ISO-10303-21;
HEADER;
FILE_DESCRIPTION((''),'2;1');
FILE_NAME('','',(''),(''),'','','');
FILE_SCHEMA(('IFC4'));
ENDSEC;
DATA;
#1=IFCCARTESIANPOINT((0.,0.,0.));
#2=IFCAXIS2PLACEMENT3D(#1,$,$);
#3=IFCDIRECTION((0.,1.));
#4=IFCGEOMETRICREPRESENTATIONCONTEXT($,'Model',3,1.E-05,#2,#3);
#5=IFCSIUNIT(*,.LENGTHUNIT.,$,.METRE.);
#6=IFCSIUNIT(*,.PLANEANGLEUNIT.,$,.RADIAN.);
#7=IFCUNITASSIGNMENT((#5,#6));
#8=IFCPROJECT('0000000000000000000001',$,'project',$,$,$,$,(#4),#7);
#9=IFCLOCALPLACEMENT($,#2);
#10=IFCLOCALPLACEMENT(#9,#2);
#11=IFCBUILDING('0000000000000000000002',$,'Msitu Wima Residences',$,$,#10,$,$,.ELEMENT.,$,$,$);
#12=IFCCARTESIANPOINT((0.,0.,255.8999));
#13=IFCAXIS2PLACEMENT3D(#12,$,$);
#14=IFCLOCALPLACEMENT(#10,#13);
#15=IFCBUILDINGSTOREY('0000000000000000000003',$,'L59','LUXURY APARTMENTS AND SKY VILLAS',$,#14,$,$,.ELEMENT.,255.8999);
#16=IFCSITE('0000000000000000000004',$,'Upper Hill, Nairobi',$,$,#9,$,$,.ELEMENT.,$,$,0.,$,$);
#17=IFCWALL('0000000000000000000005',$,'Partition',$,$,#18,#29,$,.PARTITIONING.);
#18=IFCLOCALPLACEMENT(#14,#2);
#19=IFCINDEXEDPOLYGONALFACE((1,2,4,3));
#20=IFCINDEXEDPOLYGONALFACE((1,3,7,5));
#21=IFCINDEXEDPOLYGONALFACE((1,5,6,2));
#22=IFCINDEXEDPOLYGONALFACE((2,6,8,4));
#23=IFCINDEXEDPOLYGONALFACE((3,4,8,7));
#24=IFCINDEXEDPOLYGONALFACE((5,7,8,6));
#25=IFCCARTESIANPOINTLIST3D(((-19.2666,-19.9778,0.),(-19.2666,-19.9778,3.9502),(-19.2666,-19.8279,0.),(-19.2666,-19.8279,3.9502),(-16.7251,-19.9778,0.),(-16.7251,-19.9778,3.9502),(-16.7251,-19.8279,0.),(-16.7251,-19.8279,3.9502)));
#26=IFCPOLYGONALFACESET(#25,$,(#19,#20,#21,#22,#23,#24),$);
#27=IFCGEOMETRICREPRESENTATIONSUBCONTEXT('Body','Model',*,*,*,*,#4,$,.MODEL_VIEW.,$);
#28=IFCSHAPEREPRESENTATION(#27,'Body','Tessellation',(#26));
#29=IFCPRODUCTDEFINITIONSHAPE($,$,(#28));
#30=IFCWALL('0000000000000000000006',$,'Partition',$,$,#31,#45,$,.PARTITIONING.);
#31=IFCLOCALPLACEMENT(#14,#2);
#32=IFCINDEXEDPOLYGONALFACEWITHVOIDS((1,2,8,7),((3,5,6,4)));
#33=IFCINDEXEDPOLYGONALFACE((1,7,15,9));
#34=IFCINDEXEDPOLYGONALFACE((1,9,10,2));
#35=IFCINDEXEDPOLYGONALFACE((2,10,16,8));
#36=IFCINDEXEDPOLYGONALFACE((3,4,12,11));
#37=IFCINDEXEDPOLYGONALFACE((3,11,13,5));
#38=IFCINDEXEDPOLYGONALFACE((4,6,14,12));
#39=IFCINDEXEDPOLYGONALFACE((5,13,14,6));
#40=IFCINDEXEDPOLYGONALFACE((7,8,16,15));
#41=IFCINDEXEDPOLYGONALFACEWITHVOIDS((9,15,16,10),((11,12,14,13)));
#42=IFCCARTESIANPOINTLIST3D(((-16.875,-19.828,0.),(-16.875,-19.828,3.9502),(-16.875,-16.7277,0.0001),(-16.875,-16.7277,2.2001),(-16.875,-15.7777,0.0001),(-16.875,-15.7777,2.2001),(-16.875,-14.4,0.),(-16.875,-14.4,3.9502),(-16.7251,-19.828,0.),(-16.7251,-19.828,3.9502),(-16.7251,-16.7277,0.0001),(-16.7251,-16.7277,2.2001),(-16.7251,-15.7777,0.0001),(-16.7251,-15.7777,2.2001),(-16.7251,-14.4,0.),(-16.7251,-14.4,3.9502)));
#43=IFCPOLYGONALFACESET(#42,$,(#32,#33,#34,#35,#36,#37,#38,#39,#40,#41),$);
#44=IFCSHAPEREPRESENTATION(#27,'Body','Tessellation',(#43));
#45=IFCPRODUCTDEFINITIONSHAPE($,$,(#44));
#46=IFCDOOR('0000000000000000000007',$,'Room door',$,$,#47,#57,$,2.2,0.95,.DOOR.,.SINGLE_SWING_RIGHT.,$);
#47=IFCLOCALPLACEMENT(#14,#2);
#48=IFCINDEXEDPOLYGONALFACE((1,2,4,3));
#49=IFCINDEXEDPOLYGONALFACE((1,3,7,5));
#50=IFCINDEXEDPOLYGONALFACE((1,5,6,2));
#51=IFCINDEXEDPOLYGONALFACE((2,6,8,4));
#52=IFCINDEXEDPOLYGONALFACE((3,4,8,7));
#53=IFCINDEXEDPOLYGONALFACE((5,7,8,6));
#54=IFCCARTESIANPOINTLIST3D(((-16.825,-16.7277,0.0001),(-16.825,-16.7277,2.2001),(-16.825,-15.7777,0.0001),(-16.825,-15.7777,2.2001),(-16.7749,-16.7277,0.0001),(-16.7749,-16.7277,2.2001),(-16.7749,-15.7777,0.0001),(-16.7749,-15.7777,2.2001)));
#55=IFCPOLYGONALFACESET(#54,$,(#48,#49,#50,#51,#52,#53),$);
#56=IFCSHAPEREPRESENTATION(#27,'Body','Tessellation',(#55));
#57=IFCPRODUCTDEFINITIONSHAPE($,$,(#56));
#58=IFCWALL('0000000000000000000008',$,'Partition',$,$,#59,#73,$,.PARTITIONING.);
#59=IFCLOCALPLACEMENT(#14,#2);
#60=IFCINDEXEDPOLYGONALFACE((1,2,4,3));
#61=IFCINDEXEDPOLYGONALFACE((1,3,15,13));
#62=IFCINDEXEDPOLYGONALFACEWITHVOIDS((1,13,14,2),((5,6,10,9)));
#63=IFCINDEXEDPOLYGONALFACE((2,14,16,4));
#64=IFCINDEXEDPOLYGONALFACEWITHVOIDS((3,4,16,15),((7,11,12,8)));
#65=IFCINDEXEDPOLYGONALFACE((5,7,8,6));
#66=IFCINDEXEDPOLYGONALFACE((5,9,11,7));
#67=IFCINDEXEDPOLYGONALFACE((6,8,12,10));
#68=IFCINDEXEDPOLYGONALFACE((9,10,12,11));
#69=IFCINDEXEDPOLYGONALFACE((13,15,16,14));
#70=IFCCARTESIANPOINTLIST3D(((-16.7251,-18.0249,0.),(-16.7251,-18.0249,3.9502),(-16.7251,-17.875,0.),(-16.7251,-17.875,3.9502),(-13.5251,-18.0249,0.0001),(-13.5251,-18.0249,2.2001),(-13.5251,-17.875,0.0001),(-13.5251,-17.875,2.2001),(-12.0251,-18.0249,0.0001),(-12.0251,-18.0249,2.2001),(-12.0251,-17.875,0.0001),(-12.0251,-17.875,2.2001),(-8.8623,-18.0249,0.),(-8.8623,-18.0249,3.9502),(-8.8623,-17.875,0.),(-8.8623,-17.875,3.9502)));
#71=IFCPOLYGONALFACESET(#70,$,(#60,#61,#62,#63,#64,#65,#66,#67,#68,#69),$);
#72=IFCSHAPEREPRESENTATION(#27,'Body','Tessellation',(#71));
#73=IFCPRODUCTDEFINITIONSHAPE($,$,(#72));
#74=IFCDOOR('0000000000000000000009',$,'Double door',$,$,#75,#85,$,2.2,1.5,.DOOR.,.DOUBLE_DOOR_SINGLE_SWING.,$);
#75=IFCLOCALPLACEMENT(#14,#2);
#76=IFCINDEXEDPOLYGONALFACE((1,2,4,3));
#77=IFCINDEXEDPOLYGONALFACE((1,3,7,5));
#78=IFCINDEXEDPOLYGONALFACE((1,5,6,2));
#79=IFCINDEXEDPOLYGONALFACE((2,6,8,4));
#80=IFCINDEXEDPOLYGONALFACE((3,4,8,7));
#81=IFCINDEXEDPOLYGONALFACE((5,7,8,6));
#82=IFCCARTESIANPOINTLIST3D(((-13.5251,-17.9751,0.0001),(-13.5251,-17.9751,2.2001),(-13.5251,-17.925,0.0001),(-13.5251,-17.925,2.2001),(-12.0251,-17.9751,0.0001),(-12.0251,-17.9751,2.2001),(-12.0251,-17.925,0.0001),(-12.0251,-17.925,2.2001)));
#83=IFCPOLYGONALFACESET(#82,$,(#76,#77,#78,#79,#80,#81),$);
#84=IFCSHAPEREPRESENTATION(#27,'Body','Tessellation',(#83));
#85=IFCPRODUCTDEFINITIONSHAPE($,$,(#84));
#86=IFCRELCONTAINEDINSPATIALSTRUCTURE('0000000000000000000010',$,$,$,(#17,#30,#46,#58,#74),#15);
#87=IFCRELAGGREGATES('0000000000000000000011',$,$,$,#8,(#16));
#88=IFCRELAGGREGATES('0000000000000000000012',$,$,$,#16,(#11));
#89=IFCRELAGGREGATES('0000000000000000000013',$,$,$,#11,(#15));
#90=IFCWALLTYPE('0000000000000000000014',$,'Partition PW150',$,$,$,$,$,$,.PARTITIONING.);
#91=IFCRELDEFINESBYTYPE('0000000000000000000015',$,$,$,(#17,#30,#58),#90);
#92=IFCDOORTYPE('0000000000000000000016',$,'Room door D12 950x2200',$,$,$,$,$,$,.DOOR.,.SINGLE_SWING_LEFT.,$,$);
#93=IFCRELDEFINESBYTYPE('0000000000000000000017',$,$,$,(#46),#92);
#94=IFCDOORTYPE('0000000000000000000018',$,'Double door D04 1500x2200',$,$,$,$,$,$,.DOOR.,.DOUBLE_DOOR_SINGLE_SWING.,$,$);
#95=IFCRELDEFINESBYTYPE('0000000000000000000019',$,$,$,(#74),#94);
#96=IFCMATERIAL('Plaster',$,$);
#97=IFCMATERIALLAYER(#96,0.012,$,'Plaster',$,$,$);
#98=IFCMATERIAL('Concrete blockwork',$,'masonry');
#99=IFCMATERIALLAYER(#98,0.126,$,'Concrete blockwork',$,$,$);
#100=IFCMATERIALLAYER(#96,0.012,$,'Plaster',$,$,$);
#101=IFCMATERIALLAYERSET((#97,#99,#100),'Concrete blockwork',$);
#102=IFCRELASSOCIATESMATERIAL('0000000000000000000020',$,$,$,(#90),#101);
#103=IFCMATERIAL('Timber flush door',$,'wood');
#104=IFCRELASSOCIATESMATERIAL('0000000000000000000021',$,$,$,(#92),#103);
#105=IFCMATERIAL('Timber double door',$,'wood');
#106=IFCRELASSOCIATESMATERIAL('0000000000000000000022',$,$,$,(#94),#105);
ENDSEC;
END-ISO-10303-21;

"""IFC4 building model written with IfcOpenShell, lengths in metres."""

from ifc_helpers import new_model, si_unit, direction, frame, frame_2d, origin, place, context, subcontext, project, spatial, rectangle, extrude, material, layer, layer_set, type_object, element, fill, save


model = new_model("IFC4")

# Units and contexts
model_context = context("Model", 3, precision=1e-05, world=origin(), true_north=direction((0.0, 1.0)))
body_context = subcontext(model_context, "Body", "Model", "MODEL_VIEW")
ifc_project = project(units=[si_unit("LENGTHUNIT", "METRE"), si_unit("PLANEANGLEUNIT", "RADIAN")], contexts=[model_context])

# Site, building, storey
site_placement = place(None, origin())
site = spatial("IfcSite", under=ifc_project, at=site_placement, Name="Upper Hill, Nairobi", CompositionType="ELEMENT", RefElevation=0.0)
building_placement = place(site_placement, origin())
building = spatial("IfcBuilding", under=site, at=building_placement, Name="Msitu Wima Residences", CompositionType="ELEMENT")
storey_placement = place(building_placement, frame((0.0, 0.0, 255.8999)))
storey = spatial("IfcBuildingStorey", under=building, at=storey_placement, Name="L59", Description="LUXURY APARTMENTS AND SKY VILLAS", CompositionType="ELEMENT", Elevation=255.8999)

# Shared definitions
ifc_material_1 = material(Name="Plaster")
ifc_material_2 = material(Name="Concrete blockwork", Category="masonry")

# Wall
ifc_layer_1 = layer(ifc_material_1, 0.012, Name="Plaster")
ifc_layer_2 = layer(ifc_material_2, 0.126, Name="Concrete blockwork")
ifc_layer_3 = layer(ifc_material_1, 0.012, Name="Plaster")
ifc_layer_set_1 = layer_set([ifc_layer_1, ifc_layer_2, ifc_layer_3], Name="Concrete blockwork")
wall_type_1 = type_object("IfcWallType", Name="Partition PW150", PredefinedType="PARTITIONING", material=ifc_layer_set_1)
wall_1_placement = place(storey_placement, frame((-19.2666, -19.9028, 0.0), z_axis=(0.0, 0.0, 1.0), x_axis=(1.0, 0.0, 0.0)))
element("IfcWall", 1, at=wall_1_placement, inside=storey, type_object=wall_type_1, Name="Partition", PredefinedType="PARTITIONING", context=body_context, shape_type="SweptSolid", body=[
    extrude(rectangle(XDim=2.5415, YDim=0.1499, at=frame_2d((1.2708, 0.0))), origin(), (0.0, 0.0, 1.0), 3.9502),
])

# Walls, openings, doors
wall_2_placement = place(storey_placement, frame((-16.8, -19.8279, 0.0), z_axis=(0.0, 0.0, 1.0), x_axis=(0.0, 1.0, 0.0)))
wall_2 = element("IfcWall", 2, at=wall_2_placement, inside=storey, type_object=wall_type_1, Name="Partition", PredefinedType="PARTITIONING", context=body_context, shape_type="SweptSolid", body=[
    extrude(rectangle(XDim=5.428, YDim=0.1499, at=frame_2d((2.7139, 0.0))), origin(), (0.0, 0.0, 1.0), 3.9502),
])
opening_1_placement = place(wall_2_placement, frame((3.1001, 0.0, 0.0)))
opening_1 = element("IfcOpeningElement", 3, at=opening_1_placement, cuts=wall_2, PredefinedType="OPENING", context=body_context, shape_type="SweptSolid", body=[
    extrude(rectangle(XDim=0.95, YDim=2.2, at=frame_2d((0.4751, 1.1001))), frame((0.0, 0.085, 0.0), z_axis=(0.0, -1.0, 0.0), x_axis=(1.0, 0.0, 0.0)), (0.0, 0.0, 1.0), 0.1699),
])
ifc_material_3 = material(Name="Timber flush door", Category="wood")
door_type_1 = type_object("IfcDoorType", Name="Room door D12 950x2200", OperationType="SINGLE_SWING_LEFT", PredefinedType="DOOR", material=ifc_material_3)
door_1_placement = place(opening_1_placement, origin())
door_1 = element("IfcDoor", 4, at=door_1_placement, inside=storey, type_object=door_type_1, Name="Room door", OperationType="SINGLE_SWING_RIGHT", OverallHeight=2.2, OverallWidth=0.95, PredefinedType="DOOR", context=body_context, shape_type="SweptSolid", body=[
    extrude(rectangle(XDim=0.95, YDim=2.2, at=frame_2d((0.4751, 1.1001))), frame((0.0, 0.0249, 0.0), z_axis=(0.0, -1.0, 0.0), x_axis=(1.0, 0.0, 0.0)), (0.0, 0.0, 1.0), 0.05),
])
fill(opening_1, door_1)
wall_3_placement = place(storey_placement, frame((-16.7251, -17.95, 0.0), z_axis=(0.0, 0.0, 1.0), x_axis=(1.0, 0.0, 0.0)))
wall_3 = element("IfcWall", 5, at=wall_3_placement, inside=storey, type_object=wall_type_1, Name="Partition", PredefinedType="PARTITIONING", context=body_context, shape_type="SweptSolid", body=[
    extrude(rectangle(XDim=7.8628, YDim=0.1499, at=frame_2d((3.9314, 0.0))), origin(), (0.0, 0.0, 1.0), 3.9502),
])
opening_2_placement = place(wall_3_placement, frame((3.2, 0.0, 0.0)))
opening_2 = element("IfcOpeningElement", 6, at=opening_2_placement, cuts=wall_3, PredefinedType="OPENING", context=body_context, shape_type="SweptSolid", body=[
    extrude(rectangle(XDim=1.5, YDim=2.2, at=frame_2d((0.75, 1.1001))), frame((0.0, 0.085, 0.0), z_axis=(0.0, -1.0, 0.0), x_axis=(1.0, 0.0, 0.0)), (0.0, 0.0, 1.0), 0.1699),
])
ifc_material_4 = material(Name="Timber double door", Category="wood")
door_type_2 = type_object("IfcDoorType", Name="Double door D04 1500x2200", OperationType="DOUBLE_DOOR_SINGLE_SWING", PredefinedType="DOOR", material=ifc_material_4)
door_2_placement = place(opening_2_placement, origin())
door_2 = element("IfcDoor", 7, at=door_2_placement, inside=storey, type_object=door_type_2, Name="Double door", OperationType="DOUBLE_DOOR_SINGLE_SWING", OverallHeight=2.2, OverallWidth=1.5, PredefinedType="DOOR", context=body_context, shape_type="SweptSolid", body=[
    extrude(rectangle(XDim=1.5, YDim=2.2, at=frame_2d((0.75, 1.1001))), frame((0.0, 0.0249, 0.0), z_axis=(0.0, -1.0, 0.0), x_axis=(1.0, 0.0, 0.0)), (0.0, 0.0, 1.0), 0.05),
])
fill(opening_2, door_2)

save(model, "model.ifc")
